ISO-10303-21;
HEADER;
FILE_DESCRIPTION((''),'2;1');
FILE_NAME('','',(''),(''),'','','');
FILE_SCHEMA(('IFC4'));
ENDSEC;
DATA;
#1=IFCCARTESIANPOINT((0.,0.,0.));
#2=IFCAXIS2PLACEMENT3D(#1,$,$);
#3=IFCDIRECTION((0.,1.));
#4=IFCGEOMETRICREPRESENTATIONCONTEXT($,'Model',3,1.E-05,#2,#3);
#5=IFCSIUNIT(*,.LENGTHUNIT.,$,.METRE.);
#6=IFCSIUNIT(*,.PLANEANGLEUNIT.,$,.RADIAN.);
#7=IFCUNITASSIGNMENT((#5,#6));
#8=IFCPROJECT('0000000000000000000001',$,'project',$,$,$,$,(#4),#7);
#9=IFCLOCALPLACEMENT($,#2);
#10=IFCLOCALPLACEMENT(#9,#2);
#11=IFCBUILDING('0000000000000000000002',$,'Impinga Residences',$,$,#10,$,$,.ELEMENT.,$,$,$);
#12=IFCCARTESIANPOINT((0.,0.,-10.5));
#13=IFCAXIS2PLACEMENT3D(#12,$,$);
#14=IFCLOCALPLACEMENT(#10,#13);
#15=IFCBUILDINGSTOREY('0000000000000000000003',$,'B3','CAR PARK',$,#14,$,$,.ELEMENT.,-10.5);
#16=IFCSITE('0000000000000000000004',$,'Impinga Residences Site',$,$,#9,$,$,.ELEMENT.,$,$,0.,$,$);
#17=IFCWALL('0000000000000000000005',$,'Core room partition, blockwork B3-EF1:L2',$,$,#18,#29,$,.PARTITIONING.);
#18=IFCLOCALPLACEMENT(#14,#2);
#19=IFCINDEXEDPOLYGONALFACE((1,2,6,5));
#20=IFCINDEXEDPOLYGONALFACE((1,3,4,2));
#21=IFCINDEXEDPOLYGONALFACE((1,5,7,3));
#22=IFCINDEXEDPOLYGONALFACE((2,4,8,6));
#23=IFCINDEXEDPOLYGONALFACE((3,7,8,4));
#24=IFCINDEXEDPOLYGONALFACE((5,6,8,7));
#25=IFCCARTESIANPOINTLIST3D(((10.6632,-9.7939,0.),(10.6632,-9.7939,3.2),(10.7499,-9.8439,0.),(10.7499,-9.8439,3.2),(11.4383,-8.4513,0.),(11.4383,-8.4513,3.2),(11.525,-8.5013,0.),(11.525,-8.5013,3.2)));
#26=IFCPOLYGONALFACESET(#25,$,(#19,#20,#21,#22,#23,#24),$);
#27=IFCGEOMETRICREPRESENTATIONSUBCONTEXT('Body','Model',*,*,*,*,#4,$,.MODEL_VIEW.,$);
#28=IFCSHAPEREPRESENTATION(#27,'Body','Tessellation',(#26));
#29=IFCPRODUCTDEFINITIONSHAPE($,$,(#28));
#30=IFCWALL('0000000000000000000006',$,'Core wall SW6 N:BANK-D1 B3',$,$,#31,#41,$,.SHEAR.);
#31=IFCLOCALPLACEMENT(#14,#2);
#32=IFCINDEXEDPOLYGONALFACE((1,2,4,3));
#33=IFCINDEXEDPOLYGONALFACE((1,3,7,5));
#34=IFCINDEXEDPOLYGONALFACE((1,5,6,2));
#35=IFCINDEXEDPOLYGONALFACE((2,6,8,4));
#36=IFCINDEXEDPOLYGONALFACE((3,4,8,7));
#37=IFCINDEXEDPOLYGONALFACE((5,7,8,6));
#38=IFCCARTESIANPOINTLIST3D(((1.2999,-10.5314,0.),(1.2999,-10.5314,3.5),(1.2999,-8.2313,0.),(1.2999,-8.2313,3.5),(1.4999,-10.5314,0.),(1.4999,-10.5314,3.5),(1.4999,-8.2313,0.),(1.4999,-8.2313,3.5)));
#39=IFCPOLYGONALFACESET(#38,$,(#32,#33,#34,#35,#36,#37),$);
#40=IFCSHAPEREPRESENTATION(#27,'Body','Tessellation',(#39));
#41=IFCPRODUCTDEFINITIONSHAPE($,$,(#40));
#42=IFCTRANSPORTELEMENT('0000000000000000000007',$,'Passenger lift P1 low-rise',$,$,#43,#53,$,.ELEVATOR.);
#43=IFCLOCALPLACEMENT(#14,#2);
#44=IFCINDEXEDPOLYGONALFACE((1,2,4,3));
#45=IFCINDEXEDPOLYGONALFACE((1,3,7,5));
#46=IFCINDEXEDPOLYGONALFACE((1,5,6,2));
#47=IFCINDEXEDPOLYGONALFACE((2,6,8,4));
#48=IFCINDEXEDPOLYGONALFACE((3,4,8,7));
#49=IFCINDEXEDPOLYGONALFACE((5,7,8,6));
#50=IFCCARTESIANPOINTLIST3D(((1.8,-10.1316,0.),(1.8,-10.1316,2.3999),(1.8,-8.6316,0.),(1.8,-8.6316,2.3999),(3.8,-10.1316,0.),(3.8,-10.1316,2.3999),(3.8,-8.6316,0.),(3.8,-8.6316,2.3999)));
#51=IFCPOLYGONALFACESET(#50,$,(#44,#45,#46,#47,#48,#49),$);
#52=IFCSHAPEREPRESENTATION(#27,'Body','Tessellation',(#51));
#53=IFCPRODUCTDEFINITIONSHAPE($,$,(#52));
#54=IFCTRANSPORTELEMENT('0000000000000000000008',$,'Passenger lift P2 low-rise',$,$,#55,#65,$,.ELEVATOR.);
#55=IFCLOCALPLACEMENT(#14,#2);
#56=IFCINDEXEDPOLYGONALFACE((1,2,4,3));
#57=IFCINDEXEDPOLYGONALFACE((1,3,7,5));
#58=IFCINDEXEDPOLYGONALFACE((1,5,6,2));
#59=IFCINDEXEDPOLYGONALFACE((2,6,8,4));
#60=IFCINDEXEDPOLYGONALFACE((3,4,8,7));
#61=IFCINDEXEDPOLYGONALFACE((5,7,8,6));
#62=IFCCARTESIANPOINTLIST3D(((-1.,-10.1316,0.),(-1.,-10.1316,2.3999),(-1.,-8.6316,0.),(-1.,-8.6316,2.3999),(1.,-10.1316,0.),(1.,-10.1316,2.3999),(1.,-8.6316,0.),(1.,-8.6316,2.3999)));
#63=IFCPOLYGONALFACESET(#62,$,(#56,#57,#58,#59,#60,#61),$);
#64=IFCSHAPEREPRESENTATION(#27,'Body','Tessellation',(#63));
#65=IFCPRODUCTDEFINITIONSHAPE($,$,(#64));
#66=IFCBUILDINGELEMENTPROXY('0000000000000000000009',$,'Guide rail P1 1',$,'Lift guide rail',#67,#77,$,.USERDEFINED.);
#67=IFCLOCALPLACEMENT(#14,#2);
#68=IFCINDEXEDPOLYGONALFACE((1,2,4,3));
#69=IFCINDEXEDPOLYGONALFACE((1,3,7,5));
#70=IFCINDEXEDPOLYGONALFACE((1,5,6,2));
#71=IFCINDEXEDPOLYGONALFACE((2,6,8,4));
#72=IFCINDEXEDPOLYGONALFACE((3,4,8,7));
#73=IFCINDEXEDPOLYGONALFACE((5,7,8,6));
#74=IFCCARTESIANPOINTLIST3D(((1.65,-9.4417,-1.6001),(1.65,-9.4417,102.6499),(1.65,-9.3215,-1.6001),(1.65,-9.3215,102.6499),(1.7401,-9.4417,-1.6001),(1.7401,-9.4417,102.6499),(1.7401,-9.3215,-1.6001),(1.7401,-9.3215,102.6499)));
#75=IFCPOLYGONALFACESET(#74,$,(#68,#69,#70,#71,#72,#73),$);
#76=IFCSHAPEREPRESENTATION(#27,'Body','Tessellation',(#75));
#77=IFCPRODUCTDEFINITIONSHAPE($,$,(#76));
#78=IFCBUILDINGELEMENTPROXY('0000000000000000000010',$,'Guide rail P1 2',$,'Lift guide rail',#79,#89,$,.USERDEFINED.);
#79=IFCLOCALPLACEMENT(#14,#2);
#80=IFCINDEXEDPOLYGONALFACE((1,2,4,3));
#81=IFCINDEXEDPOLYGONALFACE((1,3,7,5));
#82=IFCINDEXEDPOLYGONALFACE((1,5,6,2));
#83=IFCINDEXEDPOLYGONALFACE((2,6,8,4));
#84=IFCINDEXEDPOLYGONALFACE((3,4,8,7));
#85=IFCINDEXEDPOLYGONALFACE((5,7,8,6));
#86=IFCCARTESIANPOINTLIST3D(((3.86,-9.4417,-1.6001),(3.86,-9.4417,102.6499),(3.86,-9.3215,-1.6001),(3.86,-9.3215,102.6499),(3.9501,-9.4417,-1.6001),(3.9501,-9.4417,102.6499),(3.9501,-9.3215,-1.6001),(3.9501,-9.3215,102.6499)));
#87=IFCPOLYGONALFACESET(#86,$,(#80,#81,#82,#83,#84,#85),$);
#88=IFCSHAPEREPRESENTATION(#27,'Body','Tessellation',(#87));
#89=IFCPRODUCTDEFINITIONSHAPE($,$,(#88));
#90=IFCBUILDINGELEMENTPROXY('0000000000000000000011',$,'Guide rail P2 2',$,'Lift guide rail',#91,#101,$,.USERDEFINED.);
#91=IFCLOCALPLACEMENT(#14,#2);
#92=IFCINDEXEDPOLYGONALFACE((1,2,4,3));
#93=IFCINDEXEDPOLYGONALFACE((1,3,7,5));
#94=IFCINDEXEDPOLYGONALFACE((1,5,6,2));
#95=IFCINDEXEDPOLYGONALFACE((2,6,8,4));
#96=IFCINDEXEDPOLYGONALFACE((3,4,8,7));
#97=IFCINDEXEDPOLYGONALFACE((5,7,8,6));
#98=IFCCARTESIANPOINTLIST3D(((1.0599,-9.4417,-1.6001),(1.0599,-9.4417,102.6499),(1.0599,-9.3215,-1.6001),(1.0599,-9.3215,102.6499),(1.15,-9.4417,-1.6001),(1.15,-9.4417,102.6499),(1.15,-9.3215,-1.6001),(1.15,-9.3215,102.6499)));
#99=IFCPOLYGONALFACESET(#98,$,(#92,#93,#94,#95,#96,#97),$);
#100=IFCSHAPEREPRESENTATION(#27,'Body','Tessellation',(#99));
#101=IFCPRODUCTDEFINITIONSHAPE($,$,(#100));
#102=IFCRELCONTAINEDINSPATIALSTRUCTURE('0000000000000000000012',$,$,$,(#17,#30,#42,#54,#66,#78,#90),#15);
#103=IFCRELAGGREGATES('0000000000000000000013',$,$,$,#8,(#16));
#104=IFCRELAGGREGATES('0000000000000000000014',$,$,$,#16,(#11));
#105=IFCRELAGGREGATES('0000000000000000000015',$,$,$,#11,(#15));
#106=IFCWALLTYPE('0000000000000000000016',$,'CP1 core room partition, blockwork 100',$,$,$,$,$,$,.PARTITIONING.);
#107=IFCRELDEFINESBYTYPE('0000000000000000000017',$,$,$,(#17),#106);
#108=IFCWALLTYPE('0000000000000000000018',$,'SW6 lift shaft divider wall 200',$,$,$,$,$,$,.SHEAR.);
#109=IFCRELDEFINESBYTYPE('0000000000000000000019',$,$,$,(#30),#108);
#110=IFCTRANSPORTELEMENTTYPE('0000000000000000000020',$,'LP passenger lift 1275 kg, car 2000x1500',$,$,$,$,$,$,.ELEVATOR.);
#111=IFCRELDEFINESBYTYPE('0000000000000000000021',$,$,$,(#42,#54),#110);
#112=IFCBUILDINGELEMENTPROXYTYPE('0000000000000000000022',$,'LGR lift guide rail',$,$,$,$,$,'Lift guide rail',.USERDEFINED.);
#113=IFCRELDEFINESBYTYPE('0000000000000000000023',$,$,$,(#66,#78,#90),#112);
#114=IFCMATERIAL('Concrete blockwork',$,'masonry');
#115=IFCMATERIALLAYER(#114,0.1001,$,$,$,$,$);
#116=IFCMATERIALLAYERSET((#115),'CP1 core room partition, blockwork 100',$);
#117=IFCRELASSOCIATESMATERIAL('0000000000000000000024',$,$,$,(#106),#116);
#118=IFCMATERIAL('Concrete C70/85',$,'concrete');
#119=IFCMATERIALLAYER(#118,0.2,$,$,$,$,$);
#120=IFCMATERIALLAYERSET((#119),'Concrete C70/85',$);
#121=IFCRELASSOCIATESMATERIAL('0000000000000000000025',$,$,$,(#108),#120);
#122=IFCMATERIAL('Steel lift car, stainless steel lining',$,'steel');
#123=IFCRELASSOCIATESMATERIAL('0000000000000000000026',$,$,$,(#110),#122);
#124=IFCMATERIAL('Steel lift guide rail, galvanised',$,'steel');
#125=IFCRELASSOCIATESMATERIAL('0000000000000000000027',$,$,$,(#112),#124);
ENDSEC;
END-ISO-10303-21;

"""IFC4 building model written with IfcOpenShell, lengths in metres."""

from ifc_helpers import new_model, si_unit, direction, frame, frame_2d, origin, origin_2d, place, context, subcontext, project, spatial, rectangle, extrude, material, layer, layer_set, type_object, element, save


model = new_model("IFC4")

# Units and contexts
model_context = context("Model", 3, precision=1e-05, world=origin(), true_north=direction((0.0, 1.0)))
body_context = subcontext(model_context, "Body", "Model", "MODEL_VIEW")
ifc_project = project(units=[si_unit("LENGTHUNIT", "METRE"), si_unit("PLANEANGLEUNIT", "RADIAN")], contexts=[model_context])

# Site, building, storey
site_placement = place(None, origin())
site = spatial("IfcSite", under=ifc_project, at=site_placement, Name="Impinga Residences Site", CompositionType="ELEMENT", RefElevation=0.0)
building_placement = place(site_placement, origin())
building = spatial("IfcBuilding", under=site, at=building_placement, Name="Impinga Residences", CompositionType="ELEMENT")
storey_placement = place(building_placement, frame((0.0, 0.0, -10.5)))
storey = spatial("IfcBuildingStorey", under=building, at=storey_placement, Name="B3", Description="CAR PARK", CompositionType="ELEMENT", Elevation=-10.5)

# Shared definitions
ifc_material_1 = material(Name="Concrete C70/85", Category="concrete")

# Shared definitions
ifc_material_2 = material(Name="Concrete blockwork", Category="masonry")
ifc_layer_1 = layer(ifc_material_2, 0.1001)
ifc_layer_set_1 = layer_set([ifc_layer_1], Name="CP1 core room partition, blockwork 100")
wall_type_1 = type_object("IfcWallType", Name="CP1 core room partition, blockwork 100", PredefinedType="PARTITIONING", material=ifc_layer_set_1)

# Walls
wall_1_placement = place(storey_placement, frame((11.4817, -8.4763, 0.0), z_axis=(0.0, 0.0, 1.0), x_axis=(-0.500018, -0.866015, 0.0)))
element("IfcWall", 1, at=wall_1_placement, inside=storey, type_object=wall_type_1, Name="Core room partition, blockwork B3-EF1:L2", PredefinedType="PARTITIONING", context=body_context, shape_type="SweptSolid", body=[
    extrude(rectangle(XDim=1.5503, YDim=0.1001, at=frame_2d((0.7751, 0.0))), origin(), (0.0, 0.0, 1.0), 3.2),
])
ifc_layer_2 = layer(ifc_material_1, 0.2)
ifc_layer_set_2 = layer_set([ifc_layer_2], Name="Concrete C70/85")
wall_type_2 = type_object("IfcWallType", Name="SW6 lift shaft divider wall 200", PredefinedType="SHEAR", material=ifc_layer_set_2)
wall_2_placement = place(storey_placement, frame((1.3999, -8.2314, 0.0), z_axis=(0.0, 0.0, 1.0), x_axis=(0.0, -1.0, 0.0)))
element("IfcWall", 2, at=wall_2_placement, inside=storey, type_object=wall_type_2, Name="Core wall SW6 N:BANK-D1 B3", PredefinedType="SHEAR", context=body_context, shape_type="SweptSolid", body=[
    extrude(rectangle(XDim=2.3, YDim=0.2, at=frame_2d((1.1499, 0.0))), origin(), (0.0, 0.0, 1.0), 3.5),
])

# Transport elements
ifc_material_3 = material(Name="Steel lift car, stainless steel lining", Category="steel")
transport_element_type = type_object("IfcTransportElementType", Name="LP passenger lift 1275 kg, car 2000x1500", PredefinedType="ELEVATOR", material=ifc_material_3)
for number, where, z_axis, x_axis, name in (
    (3, (2.8, -9.3816, 0.0), (0.0, 0.0, 1.0), (1.0, 0.0, 0.0), "Passenger lift P1 low-rise"),
    (4, (0.0, -9.3816, 0.0), (0.0, 0.0, 1.0), (1.0, 0.0, 0.0), "Passenger lift P2 low-rise"),
):
    element("IfcTransportElement", number, at=place(storey_placement, frame(where, z_axis=z_axis, x_axis=x_axis)), inside=storey, type_object=transport_element_type, Name=name, PredefinedType="ELEVATOR", context=body_context, shape_type="SweptSolid", body=[
        extrude(rectangle(XDim=2.0, YDim=1.5, at=origin_2d()), origin(), (0.0, 0.0, 1.0), 2.3999),
    ])

# Building element proxies
ifc_material_4 = material(Name="Steel lift guide rail, galvanised", Category="steel")
building_element_proxy_type = type_object("IfcBuildingElementProxyType", Name="LGR lift guide rail", ElementType="Lift guide rail", PredefinedType="USERDEFINED", material=ifc_material_4)
for number, where, z_axis, x_axis, name in (
    (5, (1.6951, -9.3816, -1.6001), (0.0, 0.0, 1.0), (1.0, 0.0, 0.0), "Guide rail P1 1"),
    (6, (3.905, -9.3816, -1.6001), (0.0, 0.0, 1.0), (1.0, 0.0, 0.0), "Guide rail P1 2"),
    (7, (1.105, -9.3816, -1.6001), (0.0, 0.0, 1.0), (1.0, 0.0, 0.0), "Guide rail P2 2"),
):
    element("IfcBuildingElementProxy", number, at=place(storey_placement, frame(where, z_axis=z_axis, x_axis=x_axis)), inside=storey, type_object=building_element_proxy_type, Name=name, ObjectType="Lift guide rail", PredefinedType="USERDEFINED", context=body_context, shape_type="SweptSolid", body=[
        extrude(rectangle(XDim=0.0901, YDim=0.1201, at=origin_2d()), origin(), (0.0, 0.0, 1.0), 104.25),
    ])

save(model, "model.ifc")
